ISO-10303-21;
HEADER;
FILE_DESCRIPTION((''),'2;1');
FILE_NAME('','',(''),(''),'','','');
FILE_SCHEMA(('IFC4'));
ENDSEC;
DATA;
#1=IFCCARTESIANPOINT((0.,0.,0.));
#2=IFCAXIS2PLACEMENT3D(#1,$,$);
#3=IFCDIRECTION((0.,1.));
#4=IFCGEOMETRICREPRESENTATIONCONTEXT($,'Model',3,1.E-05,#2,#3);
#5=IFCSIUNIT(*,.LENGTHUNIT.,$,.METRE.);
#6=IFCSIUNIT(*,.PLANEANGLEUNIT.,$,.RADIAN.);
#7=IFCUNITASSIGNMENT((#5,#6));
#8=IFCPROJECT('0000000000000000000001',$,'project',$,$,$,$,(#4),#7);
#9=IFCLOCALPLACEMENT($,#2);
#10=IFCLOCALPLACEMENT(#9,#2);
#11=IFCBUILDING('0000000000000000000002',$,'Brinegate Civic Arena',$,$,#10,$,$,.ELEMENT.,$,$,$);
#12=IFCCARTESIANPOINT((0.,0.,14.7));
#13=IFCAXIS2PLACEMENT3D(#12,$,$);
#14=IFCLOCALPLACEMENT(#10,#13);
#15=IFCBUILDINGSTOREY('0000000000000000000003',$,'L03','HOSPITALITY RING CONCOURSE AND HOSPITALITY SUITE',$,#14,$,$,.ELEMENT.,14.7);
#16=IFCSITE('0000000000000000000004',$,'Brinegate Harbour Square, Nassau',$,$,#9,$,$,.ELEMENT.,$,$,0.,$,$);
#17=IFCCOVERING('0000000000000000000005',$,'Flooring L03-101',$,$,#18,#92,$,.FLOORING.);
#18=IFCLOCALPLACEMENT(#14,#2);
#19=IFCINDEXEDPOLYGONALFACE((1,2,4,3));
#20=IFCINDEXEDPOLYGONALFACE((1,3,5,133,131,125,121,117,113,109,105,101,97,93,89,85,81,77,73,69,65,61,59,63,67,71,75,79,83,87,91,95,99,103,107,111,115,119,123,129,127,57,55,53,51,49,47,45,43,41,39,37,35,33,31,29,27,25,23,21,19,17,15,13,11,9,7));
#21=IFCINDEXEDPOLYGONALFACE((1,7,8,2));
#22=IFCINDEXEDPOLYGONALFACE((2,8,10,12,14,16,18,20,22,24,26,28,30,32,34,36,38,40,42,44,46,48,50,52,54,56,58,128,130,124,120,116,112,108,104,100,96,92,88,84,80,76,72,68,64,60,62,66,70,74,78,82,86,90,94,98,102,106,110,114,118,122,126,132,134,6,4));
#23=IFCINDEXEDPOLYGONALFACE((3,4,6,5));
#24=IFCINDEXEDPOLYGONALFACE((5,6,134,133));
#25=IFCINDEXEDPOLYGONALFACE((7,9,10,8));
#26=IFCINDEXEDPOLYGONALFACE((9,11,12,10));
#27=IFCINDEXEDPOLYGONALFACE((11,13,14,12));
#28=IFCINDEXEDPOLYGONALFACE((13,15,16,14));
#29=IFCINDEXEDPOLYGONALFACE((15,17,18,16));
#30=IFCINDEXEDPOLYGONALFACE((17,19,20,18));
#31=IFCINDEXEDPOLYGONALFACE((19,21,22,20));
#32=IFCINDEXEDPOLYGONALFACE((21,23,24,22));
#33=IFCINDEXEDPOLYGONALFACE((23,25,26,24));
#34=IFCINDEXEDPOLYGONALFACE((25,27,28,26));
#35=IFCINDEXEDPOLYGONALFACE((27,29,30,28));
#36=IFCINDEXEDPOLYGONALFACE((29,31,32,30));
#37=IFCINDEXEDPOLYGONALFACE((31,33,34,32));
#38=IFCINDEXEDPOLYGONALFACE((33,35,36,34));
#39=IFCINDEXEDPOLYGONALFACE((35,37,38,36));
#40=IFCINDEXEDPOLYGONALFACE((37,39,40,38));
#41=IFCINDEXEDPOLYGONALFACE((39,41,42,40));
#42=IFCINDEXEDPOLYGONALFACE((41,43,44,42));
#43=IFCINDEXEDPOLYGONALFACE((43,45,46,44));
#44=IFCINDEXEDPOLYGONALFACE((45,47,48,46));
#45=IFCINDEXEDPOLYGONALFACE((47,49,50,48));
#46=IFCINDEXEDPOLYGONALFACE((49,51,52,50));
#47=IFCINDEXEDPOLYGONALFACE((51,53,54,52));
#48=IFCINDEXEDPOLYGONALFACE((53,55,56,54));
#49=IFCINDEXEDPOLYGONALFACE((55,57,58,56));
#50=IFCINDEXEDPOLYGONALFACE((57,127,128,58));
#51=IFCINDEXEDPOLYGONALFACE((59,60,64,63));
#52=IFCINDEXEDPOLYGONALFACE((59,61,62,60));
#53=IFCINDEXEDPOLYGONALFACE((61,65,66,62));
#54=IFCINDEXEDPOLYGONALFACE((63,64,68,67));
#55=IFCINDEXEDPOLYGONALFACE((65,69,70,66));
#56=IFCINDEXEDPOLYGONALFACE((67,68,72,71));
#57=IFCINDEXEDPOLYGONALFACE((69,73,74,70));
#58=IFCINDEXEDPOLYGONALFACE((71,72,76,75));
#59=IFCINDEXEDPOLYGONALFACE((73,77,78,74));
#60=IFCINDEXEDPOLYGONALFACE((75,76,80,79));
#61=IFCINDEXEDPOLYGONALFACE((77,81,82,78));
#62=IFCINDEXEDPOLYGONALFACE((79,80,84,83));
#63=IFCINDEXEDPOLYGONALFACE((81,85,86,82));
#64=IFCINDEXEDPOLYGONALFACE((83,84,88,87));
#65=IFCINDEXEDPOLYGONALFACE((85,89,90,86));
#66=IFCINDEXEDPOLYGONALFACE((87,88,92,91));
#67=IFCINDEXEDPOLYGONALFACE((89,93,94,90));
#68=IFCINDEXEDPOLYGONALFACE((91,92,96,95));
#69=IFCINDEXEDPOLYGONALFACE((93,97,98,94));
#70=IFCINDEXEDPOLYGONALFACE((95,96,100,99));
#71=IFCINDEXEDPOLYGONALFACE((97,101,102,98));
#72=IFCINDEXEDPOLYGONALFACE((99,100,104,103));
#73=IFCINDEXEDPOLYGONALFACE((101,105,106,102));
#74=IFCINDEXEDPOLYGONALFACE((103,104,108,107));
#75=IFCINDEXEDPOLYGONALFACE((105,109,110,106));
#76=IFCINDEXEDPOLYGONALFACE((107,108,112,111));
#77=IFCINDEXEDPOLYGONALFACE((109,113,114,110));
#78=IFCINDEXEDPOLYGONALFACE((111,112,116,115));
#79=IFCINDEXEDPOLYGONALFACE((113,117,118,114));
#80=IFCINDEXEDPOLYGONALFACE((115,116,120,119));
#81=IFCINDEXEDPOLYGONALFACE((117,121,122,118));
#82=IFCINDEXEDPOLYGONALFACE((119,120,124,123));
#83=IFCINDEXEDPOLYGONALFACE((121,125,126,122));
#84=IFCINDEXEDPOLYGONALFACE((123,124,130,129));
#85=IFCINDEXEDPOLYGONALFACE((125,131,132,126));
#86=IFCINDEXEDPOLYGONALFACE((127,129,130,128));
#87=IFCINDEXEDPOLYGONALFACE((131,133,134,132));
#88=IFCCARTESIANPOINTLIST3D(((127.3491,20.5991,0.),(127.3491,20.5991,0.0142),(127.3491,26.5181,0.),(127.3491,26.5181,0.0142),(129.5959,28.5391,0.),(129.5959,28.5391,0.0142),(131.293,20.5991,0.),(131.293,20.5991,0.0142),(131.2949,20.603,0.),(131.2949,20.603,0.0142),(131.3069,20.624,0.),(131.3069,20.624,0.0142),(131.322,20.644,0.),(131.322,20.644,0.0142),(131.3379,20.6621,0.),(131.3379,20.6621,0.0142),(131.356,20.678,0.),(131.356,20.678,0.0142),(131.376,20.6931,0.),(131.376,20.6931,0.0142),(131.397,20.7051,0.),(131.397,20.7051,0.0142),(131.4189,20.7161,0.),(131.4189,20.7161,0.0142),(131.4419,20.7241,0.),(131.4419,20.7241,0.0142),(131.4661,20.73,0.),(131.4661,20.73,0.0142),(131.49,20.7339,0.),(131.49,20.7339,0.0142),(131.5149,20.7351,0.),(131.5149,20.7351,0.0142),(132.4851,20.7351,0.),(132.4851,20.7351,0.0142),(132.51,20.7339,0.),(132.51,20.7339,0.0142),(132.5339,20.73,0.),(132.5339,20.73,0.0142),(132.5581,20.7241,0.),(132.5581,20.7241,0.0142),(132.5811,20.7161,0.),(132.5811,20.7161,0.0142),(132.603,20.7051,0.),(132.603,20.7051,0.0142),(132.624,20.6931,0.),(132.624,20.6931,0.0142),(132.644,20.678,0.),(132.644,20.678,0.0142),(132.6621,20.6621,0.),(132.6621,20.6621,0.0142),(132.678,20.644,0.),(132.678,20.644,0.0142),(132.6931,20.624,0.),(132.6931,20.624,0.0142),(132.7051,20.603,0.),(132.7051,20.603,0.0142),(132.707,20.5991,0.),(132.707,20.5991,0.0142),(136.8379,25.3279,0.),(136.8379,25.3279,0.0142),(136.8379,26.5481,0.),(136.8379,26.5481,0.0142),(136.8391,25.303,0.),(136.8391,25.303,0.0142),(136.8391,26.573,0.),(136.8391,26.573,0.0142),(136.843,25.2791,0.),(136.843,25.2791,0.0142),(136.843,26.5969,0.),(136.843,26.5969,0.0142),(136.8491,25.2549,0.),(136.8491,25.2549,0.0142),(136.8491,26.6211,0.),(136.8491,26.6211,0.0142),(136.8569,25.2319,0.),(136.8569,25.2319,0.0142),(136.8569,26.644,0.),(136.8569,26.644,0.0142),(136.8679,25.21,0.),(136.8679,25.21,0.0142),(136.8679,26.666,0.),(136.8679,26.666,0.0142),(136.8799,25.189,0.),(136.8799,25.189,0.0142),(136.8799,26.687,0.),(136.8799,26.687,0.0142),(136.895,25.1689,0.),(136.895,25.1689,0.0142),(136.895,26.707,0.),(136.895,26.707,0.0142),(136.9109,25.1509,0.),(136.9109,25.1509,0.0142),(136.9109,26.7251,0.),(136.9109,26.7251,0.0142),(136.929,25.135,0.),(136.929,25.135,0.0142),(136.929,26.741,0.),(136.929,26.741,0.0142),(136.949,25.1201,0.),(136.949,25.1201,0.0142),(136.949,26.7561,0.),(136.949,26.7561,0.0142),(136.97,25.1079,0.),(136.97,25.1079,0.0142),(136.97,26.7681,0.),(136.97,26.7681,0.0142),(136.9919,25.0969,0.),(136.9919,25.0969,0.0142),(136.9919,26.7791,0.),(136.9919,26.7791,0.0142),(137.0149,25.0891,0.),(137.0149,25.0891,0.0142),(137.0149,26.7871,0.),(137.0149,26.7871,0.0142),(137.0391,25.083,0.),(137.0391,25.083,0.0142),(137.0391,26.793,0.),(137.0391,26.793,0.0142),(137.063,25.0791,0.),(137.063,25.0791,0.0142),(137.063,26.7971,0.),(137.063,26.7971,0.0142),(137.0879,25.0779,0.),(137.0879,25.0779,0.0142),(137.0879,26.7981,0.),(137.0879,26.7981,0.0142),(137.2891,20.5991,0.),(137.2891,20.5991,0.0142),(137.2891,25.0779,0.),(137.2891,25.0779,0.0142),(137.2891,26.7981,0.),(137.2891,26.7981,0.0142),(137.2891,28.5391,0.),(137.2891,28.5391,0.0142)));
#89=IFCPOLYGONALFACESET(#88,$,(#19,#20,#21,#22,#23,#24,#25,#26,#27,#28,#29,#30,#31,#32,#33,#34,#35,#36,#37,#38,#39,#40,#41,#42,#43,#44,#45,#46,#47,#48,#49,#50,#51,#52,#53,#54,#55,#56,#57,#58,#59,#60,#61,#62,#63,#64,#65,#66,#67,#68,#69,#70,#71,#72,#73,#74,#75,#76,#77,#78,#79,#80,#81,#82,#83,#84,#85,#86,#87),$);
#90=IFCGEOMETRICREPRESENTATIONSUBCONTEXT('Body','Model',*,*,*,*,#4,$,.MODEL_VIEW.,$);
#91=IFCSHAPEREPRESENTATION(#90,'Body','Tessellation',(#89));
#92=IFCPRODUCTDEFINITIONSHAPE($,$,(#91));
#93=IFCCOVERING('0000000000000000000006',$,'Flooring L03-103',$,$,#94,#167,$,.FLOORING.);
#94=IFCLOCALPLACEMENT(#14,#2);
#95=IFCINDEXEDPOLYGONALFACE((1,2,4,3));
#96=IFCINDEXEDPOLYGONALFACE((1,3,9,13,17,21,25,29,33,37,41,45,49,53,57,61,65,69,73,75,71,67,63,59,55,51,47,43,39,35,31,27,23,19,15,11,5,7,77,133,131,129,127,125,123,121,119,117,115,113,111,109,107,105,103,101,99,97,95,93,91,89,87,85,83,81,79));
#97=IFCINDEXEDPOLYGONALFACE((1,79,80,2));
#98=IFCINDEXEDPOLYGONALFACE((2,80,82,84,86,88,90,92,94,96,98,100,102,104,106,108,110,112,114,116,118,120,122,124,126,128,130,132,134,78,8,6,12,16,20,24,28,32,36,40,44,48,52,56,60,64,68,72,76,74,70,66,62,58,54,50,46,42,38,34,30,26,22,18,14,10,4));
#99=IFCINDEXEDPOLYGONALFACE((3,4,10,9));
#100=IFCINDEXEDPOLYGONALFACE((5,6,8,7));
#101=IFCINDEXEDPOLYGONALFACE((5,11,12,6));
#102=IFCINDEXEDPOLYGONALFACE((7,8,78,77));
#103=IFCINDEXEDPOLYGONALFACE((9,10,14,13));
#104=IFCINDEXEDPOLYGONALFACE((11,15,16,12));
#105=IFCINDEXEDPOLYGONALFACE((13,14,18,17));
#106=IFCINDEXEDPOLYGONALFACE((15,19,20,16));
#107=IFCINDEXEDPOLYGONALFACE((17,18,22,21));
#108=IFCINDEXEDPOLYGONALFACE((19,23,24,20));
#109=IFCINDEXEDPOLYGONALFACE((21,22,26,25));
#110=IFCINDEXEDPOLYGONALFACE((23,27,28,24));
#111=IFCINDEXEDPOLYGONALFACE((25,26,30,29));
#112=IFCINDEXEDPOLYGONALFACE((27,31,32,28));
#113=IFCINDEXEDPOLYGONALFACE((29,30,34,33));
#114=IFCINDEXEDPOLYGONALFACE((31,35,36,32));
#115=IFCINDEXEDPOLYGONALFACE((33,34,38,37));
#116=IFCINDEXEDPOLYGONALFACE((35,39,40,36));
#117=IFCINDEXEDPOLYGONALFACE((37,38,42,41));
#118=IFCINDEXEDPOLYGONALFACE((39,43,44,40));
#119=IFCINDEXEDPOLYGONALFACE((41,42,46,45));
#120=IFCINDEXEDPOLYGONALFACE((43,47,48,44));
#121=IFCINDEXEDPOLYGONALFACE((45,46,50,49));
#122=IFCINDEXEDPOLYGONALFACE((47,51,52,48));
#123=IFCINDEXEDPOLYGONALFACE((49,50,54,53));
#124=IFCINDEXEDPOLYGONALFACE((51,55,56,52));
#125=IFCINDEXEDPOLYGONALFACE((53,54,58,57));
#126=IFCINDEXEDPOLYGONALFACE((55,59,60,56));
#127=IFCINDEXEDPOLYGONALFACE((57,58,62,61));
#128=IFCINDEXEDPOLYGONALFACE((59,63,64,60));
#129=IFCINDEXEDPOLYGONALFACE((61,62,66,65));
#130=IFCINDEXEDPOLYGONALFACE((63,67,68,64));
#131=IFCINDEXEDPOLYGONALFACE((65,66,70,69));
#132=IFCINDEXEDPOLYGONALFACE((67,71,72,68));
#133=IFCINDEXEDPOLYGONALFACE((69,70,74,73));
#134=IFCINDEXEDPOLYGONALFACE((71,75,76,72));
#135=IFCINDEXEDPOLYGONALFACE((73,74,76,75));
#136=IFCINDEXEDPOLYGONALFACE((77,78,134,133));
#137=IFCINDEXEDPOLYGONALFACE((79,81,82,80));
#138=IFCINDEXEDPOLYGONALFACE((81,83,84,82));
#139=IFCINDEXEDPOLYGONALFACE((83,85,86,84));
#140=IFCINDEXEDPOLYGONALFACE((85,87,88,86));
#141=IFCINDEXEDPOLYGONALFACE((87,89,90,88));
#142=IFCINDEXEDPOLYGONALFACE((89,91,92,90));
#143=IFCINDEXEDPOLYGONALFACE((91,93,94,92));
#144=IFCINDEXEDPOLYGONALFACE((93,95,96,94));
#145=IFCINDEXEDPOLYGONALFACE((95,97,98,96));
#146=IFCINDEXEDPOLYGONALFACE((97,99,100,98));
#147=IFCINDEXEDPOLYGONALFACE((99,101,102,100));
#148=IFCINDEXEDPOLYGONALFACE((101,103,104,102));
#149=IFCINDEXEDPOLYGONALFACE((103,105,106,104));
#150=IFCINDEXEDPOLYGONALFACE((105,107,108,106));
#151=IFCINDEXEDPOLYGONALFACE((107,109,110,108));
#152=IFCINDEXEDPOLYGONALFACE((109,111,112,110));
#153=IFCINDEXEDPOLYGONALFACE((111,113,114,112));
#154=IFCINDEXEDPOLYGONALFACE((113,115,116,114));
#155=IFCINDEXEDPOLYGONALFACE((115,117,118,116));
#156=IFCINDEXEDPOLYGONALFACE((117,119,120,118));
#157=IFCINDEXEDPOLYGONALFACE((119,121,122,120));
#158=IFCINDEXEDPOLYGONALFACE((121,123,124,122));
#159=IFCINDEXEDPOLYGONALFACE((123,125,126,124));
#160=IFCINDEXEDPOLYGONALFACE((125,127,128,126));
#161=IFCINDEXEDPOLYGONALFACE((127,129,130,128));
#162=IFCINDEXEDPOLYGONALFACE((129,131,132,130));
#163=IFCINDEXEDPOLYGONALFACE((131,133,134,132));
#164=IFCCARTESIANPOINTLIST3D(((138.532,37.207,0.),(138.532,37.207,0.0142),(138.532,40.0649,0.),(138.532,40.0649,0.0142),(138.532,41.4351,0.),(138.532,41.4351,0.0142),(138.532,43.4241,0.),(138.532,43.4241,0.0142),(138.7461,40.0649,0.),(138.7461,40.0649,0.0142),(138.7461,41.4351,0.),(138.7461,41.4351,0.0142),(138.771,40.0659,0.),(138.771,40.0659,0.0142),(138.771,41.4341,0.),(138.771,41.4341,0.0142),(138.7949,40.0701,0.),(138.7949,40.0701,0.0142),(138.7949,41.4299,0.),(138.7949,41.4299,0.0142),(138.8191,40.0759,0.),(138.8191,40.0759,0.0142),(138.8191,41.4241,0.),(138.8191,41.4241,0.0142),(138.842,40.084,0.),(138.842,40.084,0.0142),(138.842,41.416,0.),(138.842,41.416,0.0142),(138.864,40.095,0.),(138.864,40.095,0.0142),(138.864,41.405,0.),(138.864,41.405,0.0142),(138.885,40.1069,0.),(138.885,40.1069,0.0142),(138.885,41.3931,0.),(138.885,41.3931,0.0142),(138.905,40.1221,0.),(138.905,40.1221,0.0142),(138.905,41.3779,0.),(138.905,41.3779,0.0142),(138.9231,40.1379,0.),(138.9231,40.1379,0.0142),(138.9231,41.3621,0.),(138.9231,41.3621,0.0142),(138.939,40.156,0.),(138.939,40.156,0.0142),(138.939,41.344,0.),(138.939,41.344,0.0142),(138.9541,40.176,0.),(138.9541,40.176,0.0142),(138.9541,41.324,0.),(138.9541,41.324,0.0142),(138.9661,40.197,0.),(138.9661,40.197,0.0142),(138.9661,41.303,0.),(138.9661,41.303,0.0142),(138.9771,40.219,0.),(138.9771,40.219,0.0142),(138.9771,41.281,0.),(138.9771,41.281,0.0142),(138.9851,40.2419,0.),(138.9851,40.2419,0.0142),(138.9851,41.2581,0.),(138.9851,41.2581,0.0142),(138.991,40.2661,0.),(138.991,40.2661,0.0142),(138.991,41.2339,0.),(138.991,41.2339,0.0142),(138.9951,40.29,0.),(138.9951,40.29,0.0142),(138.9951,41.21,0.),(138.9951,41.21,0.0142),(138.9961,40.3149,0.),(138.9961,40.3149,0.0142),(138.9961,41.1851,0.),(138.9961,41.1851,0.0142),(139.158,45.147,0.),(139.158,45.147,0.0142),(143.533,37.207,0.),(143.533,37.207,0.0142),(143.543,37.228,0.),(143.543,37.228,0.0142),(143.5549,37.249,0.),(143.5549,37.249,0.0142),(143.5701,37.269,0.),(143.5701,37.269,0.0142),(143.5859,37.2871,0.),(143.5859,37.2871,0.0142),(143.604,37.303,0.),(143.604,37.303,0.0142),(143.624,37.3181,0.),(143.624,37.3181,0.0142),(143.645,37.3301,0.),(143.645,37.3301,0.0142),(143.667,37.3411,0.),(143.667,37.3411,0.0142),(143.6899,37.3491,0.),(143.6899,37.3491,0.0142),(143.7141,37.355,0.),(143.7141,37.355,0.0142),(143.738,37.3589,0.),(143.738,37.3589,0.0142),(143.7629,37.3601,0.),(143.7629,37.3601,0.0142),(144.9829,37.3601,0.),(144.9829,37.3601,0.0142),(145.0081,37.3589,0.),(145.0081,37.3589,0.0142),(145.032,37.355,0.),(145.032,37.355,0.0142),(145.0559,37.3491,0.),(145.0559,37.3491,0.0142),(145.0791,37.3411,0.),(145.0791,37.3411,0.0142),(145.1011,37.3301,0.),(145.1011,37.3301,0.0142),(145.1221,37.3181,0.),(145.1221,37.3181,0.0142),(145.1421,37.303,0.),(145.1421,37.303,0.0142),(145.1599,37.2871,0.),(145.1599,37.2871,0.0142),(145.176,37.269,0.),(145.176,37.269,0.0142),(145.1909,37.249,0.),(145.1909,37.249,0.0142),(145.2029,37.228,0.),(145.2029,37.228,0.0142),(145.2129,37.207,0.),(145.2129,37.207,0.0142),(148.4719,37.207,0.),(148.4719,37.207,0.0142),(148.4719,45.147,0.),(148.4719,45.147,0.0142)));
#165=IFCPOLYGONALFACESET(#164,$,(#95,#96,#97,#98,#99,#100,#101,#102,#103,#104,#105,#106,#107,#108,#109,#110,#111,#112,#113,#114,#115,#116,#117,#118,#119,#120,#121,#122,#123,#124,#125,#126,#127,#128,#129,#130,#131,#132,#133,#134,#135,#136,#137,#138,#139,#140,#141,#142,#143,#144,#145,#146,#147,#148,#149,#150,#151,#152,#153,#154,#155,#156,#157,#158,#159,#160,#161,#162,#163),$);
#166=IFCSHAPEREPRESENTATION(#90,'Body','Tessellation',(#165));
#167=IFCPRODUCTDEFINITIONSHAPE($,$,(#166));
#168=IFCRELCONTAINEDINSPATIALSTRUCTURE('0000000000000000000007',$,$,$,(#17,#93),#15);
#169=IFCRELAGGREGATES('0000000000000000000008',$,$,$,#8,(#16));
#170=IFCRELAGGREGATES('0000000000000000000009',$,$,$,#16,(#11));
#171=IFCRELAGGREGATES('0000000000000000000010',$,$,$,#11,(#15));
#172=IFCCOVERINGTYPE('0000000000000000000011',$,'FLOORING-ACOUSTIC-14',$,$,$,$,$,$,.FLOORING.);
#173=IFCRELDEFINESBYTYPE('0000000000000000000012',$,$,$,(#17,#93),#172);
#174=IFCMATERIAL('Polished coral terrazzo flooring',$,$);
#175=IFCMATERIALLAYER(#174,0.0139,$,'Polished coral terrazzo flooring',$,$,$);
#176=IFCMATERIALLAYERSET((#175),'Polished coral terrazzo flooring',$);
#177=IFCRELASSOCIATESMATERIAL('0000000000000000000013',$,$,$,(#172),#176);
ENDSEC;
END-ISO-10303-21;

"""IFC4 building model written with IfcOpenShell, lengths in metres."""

from ifc_helpers import new_model, si_unit, direction, frame, origin, place, context, subcontext, project, spatial, polyline, outline, extrude, material, layer, layer_set, type_object, element, save


model = new_model("IFC4")

# Units and contexts
model_context = context("Model", 3, precision=1e-05, world=origin(), true_north=direction((0.0, 1.0)))
body_context = subcontext(model_context, "Body", "Model", "MODEL_VIEW")
ifc_project = project(units=[si_unit("LENGTHUNIT", "METRE"), si_unit("PLANEANGLEUNIT", "RADIAN")], contexts=[model_context])

# Site, building, storey
site_placement = place(None, origin())
site = spatial("IfcSite", under=ifc_project, at=site_placement, Name="Brinegate Harbour Square, Nassau", CompositionType="ELEMENT", RefElevation=0.0)
building_placement = place(site_placement, origin())
building = spatial("IfcBuilding", under=site, at=building_placement, Name="Brinegate Civic Arena", CompositionType="ELEMENT")
storey_placement = place(building_placement, frame((0.0, 0.0, 14.7)))
storey = spatial("IfcBuildingStorey", under=building, at=storey_placement, Name="L03", Description="HOSPITALITY RING CONCOURSE AND HOSPITALITY SUITE", CompositionType="ELEMENT", Elevation=14.7)

# Coverings
ifc_material_1 = material(Name="Polished coral terrazzo flooring")
ifc_layer_1 = layer(ifc_material_1, 0.0139, Name="Polished coral terrazzo flooring")
ifc_layer_set_1 = layer_set([ifc_layer_1], Name="Polished coral terrazzo flooring")
covering_type_1 = type_object("IfcCoveringType", Name="FLOORING-ACOUSTIC-14", PredefinedType="FLOORING", material=ifc_layer_set_1)
covering_1_placement = place(storey_placement, origin())
element("IfcCovering", 1, at=covering_1_placement, inside=storey, type_object=covering_type_1, Name="Flooring L03-101", PredefinedType="FLOORING", context=body_context, shape_type="SweptSolid", body=[
    extrude(outline(polyline([(127.3491, 20.5991), (127.3491, 26.5181), (129.5959, 28.5391), (137.2891, 28.5391), (137.2891, 26.7981), (137.0879, 26.7981), (137.063, 26.7971), (137.0391, 26.793), (137.0149, 26.7871), (136.9919, 26.7791), (136.97, 26.7681), (136.949, 26.7561), (136.929, 26.741), (136.9109, 26.7251), (136.895, 26.707), (136.8799, 26.687), (136.8679, 26.666), (136.8569, 26.644), (136.8491, 26.6211), (136.843, 26.5969), (136.8391, 26.573), (136.8379, 26.5481), (136.8379, 25.3279), (136.8391, 25.303), (136.843, 25.2791), (136.8491, 25.2549), (136.8569, 25.2319), (136.8679, 25.21), (136.8799, 25.189), (136.895, 25.1689), (136.9109, 25.1509), (136.929, 25.135), (136.949, 25.1201), (136.97, 25.1079), (136.9919, 25.0969), (137.0149, 25.0891), (137.0391, 25.083), (137.063, 25.0791), (137.0879, 25.0779), (137.2891, 25.0779), (137.2891, 20.5991), (132.707, 20.5991), (132.7051, 20.603), (132.6931, 20.624), (132.678, 20.644), (132.6621, 20.6621), (132.644, 20.678), (132.624, 20.6931), (132.603, 20.7051), (132.5811, 20.7161), (132.5581, 20.7241), (132.5339, 20.73), (132.51, 20.7339), (132.4851, 20.7351), (131.5149, 20.7351), (131.49, 20.7339), (131.4661, 20.73), (131.4419, 20.7241), (131.4189, 20.7161), (131.397, 20.7051), (131.376, 20.6931), (131.356, 20.678), (131.3379, 20.6621), (131.322, 20.644), (131.3069, 20.624), (131.2949, 20.603), (131.293, 20.5991), (127.3491, 20.5991)])), origin(), (0.0, 0.0, 1.0), 0.0142),
])
covering_2_placement = place(storey_placement, origin())
element("IfcCovering", 2, at=covering_2_placement, inside=storey, type_object=covering_type_1, Name="Flooring L03-103", PredefinedType="FLOORING", context=body_context, shape_type="SweptSolid", body=[
    extrude(outline(polyline([(138.532, 37.207), (138.532, 40.0649), (138.7461, 40.0649), (138.771, 40.0659), (138.7949, 40.0701), (138.8191, 40.0759), (138.842, 40.084), (138.864, 40.095), (138.885, 40.1069), (138.905, 40.1221), (138.9231, 40.1379), (138.939, 40.156), (138.9541, 40.176), (138.9661, 40.197), (138.9771, 40.219), (138.9851, 40.2419), (138.991, 40.2661), (138.9951, 40.29), (138.9961, 40.3149), (138.9961, 41.1851), (138.9951, 41.21), (138.991, 41.2339), (138.9851, 41.2581), (138.9771, 41.281), (138.9661, 41.303), (138.9541, 41.324), (138.939, 41.344), (138.9231, 41.3621), (138.905, 41.3779), (138.885, 41.3931), (138.864, 41.405), (138.842, 41.416), (138.8191, 41.4241), (138.7949, 41.4299), (138.771, 41.4341), (138.7461, 41.4351), (138.532, 41.4351), (138.532, 43.4241), (139.158, 45.147), (148.4719, 45.147), (148.4719, 37.207), (145.2129, 37.207), (145.2029, 37.228), (145.1909, 37.249), (145.176, 37.269), (145.1599, 37.2871), (145.1421, 37.303), (145.1221, 37.3181), (145.1011, 37.3301), (145.0791, 37.3411), (145.0559, 37.3491), (145.032, 37.355), (145.0081, 37.3589), (144.9829, 37.3601), (143.7629, 37.3601), (143.738, 37.3589), (143.7141, 37.355), (143.6899, 37.3491), (143.667, 37.3411), (143.645, 37.3301), (143.624, 37.3181), (143.604, 37.303), (143.5859, 37.2871), (143.5701, 37.269), (143.5549, 37.249), (143.543, 37.228), (143.533, 37.207), (138.532, 37.207)])), origin(), (0.0, 0.0, 1.0), 0.0142),
])

save(model, "model.ifc")
